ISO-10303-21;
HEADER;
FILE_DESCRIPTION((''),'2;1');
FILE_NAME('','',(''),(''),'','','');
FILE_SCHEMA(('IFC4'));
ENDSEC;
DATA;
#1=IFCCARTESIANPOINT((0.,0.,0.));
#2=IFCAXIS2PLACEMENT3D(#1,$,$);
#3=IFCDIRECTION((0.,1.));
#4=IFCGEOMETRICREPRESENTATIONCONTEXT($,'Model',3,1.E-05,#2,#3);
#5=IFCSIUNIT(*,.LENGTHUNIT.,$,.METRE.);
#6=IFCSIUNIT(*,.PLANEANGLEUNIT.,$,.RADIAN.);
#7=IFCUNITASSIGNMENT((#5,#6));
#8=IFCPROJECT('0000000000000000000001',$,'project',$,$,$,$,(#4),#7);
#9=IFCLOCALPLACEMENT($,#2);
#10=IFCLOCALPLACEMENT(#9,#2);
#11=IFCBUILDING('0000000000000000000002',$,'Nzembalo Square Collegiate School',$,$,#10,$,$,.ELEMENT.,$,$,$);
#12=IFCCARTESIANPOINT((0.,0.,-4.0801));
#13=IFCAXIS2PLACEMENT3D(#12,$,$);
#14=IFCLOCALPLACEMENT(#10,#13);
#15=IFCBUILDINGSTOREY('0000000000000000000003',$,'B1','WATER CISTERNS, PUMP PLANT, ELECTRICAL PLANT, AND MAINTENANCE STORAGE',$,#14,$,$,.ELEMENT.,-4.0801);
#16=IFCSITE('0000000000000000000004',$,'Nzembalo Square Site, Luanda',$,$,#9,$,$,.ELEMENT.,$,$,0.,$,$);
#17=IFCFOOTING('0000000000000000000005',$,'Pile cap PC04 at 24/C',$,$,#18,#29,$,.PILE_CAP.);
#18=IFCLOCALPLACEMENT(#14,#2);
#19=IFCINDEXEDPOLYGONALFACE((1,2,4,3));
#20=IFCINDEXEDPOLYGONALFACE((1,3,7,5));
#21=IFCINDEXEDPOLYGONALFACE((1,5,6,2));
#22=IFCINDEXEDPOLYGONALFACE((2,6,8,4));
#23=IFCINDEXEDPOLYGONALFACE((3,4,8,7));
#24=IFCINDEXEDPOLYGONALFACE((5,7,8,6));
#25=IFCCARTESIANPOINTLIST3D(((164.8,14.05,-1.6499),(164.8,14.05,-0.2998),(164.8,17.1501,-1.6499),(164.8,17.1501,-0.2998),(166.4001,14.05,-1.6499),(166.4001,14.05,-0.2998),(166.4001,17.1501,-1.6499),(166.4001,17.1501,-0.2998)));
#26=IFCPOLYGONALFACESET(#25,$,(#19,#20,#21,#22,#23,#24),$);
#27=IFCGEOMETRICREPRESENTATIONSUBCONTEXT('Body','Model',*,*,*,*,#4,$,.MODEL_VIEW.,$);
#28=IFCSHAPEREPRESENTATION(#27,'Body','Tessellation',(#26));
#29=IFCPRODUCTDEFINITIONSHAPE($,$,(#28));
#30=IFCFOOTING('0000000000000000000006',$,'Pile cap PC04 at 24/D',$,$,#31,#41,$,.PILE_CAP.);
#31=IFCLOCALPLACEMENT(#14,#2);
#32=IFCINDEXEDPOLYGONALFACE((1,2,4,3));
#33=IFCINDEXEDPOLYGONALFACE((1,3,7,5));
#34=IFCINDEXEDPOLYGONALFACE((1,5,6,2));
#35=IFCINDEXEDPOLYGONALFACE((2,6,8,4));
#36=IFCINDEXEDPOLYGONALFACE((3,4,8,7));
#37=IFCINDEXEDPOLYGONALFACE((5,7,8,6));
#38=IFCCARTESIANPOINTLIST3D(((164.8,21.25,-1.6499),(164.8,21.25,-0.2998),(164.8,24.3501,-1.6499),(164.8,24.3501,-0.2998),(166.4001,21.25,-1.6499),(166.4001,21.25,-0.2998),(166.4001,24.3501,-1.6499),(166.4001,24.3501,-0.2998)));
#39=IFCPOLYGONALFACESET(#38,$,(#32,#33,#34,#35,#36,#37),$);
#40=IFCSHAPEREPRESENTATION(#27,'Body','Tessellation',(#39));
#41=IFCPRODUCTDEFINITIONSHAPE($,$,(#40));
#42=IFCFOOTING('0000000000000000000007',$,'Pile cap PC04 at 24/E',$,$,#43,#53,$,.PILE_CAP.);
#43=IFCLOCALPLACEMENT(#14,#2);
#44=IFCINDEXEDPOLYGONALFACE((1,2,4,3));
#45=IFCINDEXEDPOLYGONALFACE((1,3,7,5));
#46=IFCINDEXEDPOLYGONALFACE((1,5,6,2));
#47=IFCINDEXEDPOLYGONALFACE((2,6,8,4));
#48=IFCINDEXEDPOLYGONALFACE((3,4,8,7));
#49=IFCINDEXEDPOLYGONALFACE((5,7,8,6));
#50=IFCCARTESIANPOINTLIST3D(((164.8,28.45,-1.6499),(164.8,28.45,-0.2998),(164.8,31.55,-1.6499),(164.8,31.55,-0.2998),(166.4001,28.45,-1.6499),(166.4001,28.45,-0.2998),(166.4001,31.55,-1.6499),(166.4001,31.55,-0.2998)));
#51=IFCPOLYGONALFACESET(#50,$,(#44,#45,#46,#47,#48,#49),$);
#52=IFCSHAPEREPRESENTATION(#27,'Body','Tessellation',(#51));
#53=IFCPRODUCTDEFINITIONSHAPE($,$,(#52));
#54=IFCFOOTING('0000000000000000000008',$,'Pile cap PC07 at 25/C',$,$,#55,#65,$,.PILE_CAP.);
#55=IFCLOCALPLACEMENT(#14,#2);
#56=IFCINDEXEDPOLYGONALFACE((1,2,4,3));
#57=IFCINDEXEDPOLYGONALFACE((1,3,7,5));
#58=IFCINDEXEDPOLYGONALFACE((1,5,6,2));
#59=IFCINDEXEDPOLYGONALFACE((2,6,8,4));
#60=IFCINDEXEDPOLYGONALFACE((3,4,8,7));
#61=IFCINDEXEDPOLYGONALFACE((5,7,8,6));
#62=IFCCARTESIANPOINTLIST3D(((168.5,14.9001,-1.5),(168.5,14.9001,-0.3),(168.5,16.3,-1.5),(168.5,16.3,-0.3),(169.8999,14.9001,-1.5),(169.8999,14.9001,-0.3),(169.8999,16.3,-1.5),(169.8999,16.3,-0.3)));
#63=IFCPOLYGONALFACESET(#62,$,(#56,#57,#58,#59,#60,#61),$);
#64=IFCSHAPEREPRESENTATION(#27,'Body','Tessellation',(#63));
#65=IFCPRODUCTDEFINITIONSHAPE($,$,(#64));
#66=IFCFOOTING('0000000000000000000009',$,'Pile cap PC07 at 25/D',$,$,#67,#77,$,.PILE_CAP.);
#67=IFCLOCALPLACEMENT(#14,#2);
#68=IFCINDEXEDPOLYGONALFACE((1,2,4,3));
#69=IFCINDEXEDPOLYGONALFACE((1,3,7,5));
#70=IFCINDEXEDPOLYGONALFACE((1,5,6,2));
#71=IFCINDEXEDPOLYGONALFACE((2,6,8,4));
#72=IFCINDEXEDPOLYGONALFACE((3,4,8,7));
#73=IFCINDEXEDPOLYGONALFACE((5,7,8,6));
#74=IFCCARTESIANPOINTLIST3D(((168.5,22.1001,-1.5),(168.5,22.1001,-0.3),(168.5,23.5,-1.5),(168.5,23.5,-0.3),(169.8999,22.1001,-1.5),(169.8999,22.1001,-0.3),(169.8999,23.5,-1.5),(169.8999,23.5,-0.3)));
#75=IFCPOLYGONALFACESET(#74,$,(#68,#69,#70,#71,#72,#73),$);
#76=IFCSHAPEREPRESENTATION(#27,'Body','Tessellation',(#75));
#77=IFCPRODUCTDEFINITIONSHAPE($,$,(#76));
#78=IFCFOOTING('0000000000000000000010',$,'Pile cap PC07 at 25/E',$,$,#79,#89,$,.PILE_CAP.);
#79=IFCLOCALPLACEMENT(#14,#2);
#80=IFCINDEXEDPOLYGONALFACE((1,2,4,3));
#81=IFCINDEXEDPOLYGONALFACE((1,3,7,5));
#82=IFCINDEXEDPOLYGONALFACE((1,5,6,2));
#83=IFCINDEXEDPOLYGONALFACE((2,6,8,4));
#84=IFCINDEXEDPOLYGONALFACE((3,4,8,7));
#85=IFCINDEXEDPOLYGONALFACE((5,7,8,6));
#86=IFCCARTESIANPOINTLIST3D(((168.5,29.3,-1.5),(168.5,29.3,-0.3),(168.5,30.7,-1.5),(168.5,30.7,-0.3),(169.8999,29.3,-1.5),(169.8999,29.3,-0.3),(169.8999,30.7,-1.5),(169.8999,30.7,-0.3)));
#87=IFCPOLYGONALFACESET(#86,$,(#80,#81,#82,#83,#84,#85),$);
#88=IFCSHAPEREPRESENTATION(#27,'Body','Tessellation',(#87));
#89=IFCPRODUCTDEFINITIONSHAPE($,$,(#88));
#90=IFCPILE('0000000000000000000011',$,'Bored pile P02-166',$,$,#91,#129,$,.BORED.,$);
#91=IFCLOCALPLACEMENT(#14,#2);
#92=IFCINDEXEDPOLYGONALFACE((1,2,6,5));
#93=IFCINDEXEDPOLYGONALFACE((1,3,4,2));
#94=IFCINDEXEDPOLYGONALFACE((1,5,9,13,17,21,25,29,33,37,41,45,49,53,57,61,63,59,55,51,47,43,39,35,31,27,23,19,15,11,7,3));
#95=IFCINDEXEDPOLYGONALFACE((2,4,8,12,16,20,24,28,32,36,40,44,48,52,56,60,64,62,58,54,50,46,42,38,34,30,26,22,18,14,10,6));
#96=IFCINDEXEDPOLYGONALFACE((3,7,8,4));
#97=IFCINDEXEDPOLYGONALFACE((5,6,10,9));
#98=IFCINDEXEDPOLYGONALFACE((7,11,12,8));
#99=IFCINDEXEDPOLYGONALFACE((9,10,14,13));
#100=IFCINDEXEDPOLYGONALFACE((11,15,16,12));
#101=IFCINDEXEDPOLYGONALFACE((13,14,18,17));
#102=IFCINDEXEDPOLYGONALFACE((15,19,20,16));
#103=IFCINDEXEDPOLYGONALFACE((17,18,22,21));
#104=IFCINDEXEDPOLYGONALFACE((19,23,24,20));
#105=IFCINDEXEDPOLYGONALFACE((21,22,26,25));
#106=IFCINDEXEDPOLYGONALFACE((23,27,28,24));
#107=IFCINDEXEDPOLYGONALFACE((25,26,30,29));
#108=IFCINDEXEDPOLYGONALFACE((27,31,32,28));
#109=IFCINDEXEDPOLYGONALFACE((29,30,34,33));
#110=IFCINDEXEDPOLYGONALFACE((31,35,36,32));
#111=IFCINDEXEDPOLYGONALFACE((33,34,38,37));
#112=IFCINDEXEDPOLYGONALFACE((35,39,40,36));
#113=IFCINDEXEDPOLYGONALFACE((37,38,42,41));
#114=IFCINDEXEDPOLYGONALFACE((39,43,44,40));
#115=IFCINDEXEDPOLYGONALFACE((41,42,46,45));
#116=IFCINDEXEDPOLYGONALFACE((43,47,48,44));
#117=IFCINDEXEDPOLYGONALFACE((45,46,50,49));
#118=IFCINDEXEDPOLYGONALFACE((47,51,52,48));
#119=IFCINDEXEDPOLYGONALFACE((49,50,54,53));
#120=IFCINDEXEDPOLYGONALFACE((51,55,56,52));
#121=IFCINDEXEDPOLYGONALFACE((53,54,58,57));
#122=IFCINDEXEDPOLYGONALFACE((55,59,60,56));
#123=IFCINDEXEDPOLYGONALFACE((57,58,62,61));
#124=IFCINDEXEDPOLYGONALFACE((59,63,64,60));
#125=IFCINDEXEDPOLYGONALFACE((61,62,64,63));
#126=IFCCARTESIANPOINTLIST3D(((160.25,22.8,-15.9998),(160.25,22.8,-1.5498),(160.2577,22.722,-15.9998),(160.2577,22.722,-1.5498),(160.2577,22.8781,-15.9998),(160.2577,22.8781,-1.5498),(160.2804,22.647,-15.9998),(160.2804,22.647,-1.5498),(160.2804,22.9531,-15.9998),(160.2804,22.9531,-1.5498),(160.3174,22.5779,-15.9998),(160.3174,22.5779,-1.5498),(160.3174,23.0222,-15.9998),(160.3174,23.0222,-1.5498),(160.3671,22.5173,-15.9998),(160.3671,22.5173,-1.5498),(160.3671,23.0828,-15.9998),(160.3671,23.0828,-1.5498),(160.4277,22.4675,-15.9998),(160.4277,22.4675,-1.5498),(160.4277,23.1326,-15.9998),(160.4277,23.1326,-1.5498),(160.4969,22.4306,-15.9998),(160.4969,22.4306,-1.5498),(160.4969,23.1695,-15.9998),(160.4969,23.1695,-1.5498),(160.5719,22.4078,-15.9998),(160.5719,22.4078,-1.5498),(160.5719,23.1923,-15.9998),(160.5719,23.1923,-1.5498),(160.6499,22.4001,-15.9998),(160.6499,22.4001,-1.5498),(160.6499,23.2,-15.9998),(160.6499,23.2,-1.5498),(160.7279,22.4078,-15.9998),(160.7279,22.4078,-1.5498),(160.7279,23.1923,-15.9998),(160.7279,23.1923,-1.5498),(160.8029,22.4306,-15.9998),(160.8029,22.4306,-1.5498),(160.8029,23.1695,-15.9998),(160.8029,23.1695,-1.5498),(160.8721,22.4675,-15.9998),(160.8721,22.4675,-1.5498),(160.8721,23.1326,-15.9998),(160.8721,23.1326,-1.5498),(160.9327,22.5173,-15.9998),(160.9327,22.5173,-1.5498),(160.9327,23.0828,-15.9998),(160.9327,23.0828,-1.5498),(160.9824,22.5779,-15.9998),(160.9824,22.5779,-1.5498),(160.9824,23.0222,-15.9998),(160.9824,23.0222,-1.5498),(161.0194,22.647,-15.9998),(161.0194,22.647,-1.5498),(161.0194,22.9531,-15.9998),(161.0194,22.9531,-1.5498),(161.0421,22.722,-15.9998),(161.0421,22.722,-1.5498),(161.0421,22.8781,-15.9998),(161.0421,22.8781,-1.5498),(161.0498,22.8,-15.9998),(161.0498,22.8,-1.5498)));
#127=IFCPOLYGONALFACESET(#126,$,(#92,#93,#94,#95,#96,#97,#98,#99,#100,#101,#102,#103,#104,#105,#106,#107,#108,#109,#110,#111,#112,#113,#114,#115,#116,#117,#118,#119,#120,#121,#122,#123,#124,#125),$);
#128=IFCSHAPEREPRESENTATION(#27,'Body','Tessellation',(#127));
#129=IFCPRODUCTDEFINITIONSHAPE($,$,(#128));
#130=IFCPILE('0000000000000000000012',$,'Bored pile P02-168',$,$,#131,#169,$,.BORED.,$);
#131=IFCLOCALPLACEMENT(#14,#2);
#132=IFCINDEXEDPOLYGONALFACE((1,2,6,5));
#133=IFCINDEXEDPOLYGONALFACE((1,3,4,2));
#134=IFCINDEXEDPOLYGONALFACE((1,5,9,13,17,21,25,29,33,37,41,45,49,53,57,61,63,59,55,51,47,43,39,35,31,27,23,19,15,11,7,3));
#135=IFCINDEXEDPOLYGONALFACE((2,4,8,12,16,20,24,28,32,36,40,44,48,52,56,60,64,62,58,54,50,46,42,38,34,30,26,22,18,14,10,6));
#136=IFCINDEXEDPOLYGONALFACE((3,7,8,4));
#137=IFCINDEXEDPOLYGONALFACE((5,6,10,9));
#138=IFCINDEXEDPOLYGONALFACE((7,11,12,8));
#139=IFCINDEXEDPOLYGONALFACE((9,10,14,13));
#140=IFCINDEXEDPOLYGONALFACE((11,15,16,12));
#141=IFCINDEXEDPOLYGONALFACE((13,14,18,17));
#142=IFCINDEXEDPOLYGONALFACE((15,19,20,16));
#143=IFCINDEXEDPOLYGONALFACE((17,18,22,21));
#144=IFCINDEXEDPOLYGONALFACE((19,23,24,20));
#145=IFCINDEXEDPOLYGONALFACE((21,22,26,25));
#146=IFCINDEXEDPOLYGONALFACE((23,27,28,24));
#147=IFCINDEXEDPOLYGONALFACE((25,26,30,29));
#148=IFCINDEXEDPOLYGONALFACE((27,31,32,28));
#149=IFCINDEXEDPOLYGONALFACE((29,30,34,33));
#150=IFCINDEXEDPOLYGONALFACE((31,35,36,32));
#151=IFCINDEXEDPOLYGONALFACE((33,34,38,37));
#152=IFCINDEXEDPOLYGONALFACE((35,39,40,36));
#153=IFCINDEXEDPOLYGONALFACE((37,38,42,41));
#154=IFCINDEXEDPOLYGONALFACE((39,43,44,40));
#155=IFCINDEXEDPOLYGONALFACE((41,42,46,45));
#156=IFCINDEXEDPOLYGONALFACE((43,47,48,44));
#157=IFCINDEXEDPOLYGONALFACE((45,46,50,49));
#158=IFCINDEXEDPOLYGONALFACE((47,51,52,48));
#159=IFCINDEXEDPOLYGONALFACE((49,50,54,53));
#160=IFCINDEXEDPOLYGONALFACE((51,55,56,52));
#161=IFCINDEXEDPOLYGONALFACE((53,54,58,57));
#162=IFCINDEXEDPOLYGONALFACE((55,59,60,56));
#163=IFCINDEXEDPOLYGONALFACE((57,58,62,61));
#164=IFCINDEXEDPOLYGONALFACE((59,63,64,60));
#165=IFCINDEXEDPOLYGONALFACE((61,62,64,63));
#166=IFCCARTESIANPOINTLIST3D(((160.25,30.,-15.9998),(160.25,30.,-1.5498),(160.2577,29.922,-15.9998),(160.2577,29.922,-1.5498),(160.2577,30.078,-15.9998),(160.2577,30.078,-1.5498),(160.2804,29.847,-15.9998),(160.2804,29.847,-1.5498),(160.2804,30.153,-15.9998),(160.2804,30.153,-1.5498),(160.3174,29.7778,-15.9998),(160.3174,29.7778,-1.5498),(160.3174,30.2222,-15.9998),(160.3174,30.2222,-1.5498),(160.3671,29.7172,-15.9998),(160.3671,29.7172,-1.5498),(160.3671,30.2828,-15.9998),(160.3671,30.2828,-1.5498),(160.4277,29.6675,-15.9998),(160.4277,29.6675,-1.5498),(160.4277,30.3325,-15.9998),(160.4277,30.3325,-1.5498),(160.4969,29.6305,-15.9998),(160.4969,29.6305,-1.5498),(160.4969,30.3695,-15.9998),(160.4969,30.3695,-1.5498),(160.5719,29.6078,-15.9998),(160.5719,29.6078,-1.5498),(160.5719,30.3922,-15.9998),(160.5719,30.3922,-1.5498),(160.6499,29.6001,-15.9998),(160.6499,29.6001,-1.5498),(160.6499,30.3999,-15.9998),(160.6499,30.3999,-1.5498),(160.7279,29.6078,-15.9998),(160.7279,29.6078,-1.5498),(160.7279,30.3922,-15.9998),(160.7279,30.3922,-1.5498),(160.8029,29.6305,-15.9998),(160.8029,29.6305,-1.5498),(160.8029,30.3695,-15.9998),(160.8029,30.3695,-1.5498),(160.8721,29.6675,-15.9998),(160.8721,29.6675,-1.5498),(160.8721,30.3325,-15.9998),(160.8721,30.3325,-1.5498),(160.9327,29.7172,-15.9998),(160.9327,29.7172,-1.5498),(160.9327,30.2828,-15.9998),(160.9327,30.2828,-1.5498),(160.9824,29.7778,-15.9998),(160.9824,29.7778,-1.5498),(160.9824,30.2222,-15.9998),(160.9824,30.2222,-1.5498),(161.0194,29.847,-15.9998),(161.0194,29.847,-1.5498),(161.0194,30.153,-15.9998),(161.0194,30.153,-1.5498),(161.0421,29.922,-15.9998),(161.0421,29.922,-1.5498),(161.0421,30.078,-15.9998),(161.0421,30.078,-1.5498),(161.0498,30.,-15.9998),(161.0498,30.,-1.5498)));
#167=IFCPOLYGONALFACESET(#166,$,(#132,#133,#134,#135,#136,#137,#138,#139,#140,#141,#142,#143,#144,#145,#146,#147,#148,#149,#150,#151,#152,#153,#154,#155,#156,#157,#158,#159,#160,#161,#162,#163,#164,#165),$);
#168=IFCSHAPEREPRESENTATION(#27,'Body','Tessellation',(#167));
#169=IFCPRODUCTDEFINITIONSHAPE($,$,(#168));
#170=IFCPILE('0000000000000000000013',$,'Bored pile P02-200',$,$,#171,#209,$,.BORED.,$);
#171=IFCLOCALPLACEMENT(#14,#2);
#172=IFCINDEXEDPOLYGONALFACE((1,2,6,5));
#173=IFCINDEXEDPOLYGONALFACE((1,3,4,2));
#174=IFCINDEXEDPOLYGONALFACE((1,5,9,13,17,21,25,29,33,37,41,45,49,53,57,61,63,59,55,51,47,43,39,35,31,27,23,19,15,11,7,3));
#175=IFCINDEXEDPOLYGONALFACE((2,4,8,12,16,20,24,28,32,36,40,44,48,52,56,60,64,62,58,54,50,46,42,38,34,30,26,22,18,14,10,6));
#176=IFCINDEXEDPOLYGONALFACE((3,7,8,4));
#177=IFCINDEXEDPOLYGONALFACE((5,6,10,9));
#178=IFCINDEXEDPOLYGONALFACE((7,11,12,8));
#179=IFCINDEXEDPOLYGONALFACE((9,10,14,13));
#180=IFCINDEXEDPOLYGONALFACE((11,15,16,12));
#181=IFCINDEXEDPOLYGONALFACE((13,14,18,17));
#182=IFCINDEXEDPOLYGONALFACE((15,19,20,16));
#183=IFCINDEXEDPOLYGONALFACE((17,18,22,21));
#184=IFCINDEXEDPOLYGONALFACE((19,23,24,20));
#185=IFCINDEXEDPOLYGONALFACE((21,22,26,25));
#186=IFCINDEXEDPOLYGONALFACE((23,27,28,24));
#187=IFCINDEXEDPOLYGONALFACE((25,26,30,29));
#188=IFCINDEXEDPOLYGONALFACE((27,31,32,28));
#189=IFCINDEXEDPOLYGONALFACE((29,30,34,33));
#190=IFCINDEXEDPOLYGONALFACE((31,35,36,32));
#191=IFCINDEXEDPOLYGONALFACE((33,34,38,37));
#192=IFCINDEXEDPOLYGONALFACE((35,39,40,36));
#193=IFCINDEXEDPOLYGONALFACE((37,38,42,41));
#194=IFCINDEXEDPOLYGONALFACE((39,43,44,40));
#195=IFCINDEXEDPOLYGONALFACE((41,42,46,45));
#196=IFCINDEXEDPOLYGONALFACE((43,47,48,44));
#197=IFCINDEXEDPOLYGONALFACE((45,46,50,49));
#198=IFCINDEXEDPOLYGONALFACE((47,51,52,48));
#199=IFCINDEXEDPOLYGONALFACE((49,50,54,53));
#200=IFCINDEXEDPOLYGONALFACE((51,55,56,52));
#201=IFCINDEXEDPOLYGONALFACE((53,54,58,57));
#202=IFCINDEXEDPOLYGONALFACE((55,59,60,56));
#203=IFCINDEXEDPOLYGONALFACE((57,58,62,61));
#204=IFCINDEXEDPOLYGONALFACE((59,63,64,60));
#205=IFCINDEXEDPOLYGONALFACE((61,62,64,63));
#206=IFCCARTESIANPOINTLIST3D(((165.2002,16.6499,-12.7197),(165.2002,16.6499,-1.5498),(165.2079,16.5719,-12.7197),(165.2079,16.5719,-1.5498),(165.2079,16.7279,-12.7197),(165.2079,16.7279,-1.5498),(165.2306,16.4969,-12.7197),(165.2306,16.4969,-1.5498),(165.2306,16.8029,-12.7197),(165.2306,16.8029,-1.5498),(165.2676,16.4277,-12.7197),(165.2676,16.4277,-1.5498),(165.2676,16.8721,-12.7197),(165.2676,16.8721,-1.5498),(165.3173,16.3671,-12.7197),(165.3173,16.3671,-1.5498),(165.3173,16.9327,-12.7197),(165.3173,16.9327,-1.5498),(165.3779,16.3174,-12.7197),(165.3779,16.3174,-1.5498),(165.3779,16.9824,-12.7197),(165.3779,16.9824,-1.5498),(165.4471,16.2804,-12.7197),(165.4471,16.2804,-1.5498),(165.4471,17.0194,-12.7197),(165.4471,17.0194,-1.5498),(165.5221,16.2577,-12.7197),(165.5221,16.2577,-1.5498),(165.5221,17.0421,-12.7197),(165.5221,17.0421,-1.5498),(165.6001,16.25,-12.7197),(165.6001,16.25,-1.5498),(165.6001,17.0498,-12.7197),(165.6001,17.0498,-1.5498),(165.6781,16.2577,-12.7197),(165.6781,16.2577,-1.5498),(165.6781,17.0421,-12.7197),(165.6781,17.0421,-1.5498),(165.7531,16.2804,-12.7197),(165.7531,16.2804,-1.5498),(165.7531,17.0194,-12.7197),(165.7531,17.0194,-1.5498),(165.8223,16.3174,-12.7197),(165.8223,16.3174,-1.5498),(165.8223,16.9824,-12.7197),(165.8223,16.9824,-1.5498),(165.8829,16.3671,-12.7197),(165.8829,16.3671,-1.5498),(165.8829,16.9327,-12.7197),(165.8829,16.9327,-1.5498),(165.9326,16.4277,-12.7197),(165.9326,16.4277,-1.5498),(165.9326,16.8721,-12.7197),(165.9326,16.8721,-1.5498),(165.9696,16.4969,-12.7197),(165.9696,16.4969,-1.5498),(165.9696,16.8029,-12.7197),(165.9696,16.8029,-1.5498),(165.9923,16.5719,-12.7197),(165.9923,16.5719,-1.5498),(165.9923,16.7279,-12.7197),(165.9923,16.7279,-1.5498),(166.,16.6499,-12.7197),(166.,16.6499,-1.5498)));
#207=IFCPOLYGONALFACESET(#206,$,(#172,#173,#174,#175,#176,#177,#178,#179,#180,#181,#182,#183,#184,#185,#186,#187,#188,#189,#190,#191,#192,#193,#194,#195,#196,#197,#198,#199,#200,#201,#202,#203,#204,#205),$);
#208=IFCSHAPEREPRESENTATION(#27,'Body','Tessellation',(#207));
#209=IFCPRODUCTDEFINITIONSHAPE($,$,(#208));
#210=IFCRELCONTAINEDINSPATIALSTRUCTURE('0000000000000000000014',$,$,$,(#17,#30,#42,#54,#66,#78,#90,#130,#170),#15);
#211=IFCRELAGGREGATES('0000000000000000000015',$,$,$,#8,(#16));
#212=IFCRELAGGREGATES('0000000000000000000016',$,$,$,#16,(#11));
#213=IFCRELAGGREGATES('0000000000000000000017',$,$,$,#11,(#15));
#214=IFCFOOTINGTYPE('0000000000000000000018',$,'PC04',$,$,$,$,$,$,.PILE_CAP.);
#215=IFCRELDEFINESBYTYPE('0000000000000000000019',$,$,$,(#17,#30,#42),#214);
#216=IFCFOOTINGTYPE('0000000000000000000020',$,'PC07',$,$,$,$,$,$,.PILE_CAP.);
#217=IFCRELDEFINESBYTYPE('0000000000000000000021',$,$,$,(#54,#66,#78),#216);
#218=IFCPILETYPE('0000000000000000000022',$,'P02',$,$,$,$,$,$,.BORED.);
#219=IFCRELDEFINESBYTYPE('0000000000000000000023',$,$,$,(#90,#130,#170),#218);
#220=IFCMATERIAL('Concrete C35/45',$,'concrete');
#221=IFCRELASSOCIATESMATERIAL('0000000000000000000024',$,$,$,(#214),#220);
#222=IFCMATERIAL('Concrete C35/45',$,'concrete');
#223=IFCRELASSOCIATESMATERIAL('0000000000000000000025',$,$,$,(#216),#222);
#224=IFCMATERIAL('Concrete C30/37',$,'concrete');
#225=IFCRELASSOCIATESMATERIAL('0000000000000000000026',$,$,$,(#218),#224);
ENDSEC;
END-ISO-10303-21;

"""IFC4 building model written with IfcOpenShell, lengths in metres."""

from ifc_helpers import new_model, si_unit, direction, frame, origin, origin_2d, place, context, subcontext, project, spatial, rectangle, circle, extrude, material, material_profile, profile_set, type_object, element, save


model = new_model("IFC4")

# Units and contexts
model_context = context("Model", 3, precision=1e-05, world=origin(), true_north=direction((0.0, 1.0)))
body_context = subcontext(model_context, "Body", "Model", "MODEL_VIEW")
ifc_project = project(units=[si_unit("LENGTHUNIT", "METRE"), si_unit("PLANEANGLEUNIT", "RADIAN")], contexts=[model_context])

# Site, building, storey
site_placement = place(None, origin())
site = spatial("IfcSite", under=ifc_project, at=site_placement, Name="Nzembalo Square Site, Luanda", CompositionType="ELEMENT", RefElevation=0.0)
building_placement = place(site_placement, origin())
building = spatial("IfcBuilding", under=site, at=building_placement, Name="Nzembalo Square Collegiate School", CompositionType="ELEMENT")
storey_placement = place(building_placement, frame((0.0, 0.0, -4.0801)))
storey = spatial("IfcBuildingStorey", under=building, at=storey_placement, Name="B1", Description="WATER CISTERNS, PUMP PLANT, ELECTRICAL PLANT, AND MAINTENANCE STORAGE", CompositionType="ELEMENT", Elevation=-4.0801)

# Footings
ifc_material_1 = material(Name="Concrete C35/45", Category="concrete")
footing_type_1 = type_object("IfcFootingType", Name="PC04", PredefinedType="PILE_CAP", material=ifc_material_1)
for number, where, z_axis, x_axis, name in (
    (1, (165.6001, 15.6001, -1.6499), (0.0, 0.0, 1.0), (1.0, 0.0, 0.0), "Pile cap PC04 at 24/C"),
    (2, (165.6001, 22.8, -1.6499), (0.0, 0.0, 1.0), (1.0, 0.0, 0.0), "Pile cap PC04 at 24/D"),
    (3, (165.6001, 30.0, -1.6499), (0.0, 0.0, 1.0), (1.0, 0.0, 0.0), "Pile cap PC04 at 24/E"),
):
    element("IfcFooting", number, at=place(storey_placement, frame(where, z_axis=z_axis, x_axis=x_axis)), inside=storey, type_object=footing_type_1, Name=name, PredefinedType="PILE_CAP", context=body_context, shape_type="SweptSolid", body=[
        extrude(rectangle(XDim=1.6001, YDim=3.1001, at=origin_2d()), origin(), (0.0, 0.0, 1.0), 1.3501),
    ])
ifc_material_2 = material(Name="Concrete C35/45", Category="concrete")
footing_type_2 = type_object("IfcFootingType", Name="PC07", PredefinedType="PILE_CAP", material=ifc_material_2)
for number, where, z_axis, x_axis, name in (
    (4, (169.2, 15.6001, -1.5), (0.0, 0.0, 1.0), (1.0, 0.0, 0.0), "Pile cap PC07 at 25/C"),
    (5, (169.2, 22.8, -1.5), (0.0, 0.0, 1.0), (1.0, 0.0, 0.0), "Pile cap PC07 at 25/D"),
    (6, (169.2, 30.0, -1.5), (0.0, 0.0, 1.0), (1.0, 0.0, 0.0), "Pile cap PC07 at 25/E"),
):
    element("IfcFooting", number, at=place(storey_placement, frame(where, z_axis=z_axis, x_axis=x_axis)), inside=storey, type_object=footing_type_2, Name=name, PredefinedType="PILE_CAP", context=body_context, shape_type="SweptSolid", body=[
        extrude(rectangle(XDim=1.3999, YDim=1.3999, at=origin_2d()), origin(), (0.0, 0.0, 1.0), 1.2),
    ])

# Piles
ifc_material_3 = material(Name="Concrete C30/37", Category="concrete")
ifc_material_profile_1 = material_profile(ifc_material_3, circle(Radius=0.3999, at=origin_2d()), Name="PILE D800")
ifc_profile_set_1 = profile_set([ifc_material_profile_1], Name="Concrete C30/37")
pile_type = type_object("IfcPileType", Name="P02", PredefinedType="BORED", material=ifc_profile_set_1)
for number, where, z_axis, x_axis, name in (
    (7, (160.6499, 22.8, -1.5498), (0.0, 0.0, -1.0), (1.0, 0.0, 0.0), "Bored pile P02-166"),
    (8, (160.6499, 30.0, -1.5498), (0.0, 0.0, -1.0), (1.0, 0.0, 0.0), "Bored pile P02-168"),
):
    element("IfcPile", number, at=place(storey_placement, frame(where, z_axis=z_axis, x_axis=x_axis)), inside=storey, type_object=pile_type, Name=name, PredefinedType="BORED", context=body_context, shape_type="SweptSolid", body=[
        extrude(circle(Radius=0.3999, at=origin_2d()), origin(), (0.0, 0.0, 1.0), 14.45),
    ])
for number, where, z_axis, x_axis, name in (
    (9, (165.6001, 16.6499, -1.5498), (0.0, 0.0, -1.0), (1.0, 0.0, 0.0), "Bored pile P02-200"),
):
    element("IfcPile", number, at=place(storey_placement, frame(where, z_axis=z_axis, x_axis=x_axis)), inside=storey, type_object=pile_type, Name=name, PredefinedType="BORED", context=body_context, shape_type="SweptSolid", body=[
        extrude(circle(Radius=0.3999, at=origin_2d()), origin(), (0.0, 0.0, 1.0), 11.1699),
    ])

save(model, "model.ifc")
